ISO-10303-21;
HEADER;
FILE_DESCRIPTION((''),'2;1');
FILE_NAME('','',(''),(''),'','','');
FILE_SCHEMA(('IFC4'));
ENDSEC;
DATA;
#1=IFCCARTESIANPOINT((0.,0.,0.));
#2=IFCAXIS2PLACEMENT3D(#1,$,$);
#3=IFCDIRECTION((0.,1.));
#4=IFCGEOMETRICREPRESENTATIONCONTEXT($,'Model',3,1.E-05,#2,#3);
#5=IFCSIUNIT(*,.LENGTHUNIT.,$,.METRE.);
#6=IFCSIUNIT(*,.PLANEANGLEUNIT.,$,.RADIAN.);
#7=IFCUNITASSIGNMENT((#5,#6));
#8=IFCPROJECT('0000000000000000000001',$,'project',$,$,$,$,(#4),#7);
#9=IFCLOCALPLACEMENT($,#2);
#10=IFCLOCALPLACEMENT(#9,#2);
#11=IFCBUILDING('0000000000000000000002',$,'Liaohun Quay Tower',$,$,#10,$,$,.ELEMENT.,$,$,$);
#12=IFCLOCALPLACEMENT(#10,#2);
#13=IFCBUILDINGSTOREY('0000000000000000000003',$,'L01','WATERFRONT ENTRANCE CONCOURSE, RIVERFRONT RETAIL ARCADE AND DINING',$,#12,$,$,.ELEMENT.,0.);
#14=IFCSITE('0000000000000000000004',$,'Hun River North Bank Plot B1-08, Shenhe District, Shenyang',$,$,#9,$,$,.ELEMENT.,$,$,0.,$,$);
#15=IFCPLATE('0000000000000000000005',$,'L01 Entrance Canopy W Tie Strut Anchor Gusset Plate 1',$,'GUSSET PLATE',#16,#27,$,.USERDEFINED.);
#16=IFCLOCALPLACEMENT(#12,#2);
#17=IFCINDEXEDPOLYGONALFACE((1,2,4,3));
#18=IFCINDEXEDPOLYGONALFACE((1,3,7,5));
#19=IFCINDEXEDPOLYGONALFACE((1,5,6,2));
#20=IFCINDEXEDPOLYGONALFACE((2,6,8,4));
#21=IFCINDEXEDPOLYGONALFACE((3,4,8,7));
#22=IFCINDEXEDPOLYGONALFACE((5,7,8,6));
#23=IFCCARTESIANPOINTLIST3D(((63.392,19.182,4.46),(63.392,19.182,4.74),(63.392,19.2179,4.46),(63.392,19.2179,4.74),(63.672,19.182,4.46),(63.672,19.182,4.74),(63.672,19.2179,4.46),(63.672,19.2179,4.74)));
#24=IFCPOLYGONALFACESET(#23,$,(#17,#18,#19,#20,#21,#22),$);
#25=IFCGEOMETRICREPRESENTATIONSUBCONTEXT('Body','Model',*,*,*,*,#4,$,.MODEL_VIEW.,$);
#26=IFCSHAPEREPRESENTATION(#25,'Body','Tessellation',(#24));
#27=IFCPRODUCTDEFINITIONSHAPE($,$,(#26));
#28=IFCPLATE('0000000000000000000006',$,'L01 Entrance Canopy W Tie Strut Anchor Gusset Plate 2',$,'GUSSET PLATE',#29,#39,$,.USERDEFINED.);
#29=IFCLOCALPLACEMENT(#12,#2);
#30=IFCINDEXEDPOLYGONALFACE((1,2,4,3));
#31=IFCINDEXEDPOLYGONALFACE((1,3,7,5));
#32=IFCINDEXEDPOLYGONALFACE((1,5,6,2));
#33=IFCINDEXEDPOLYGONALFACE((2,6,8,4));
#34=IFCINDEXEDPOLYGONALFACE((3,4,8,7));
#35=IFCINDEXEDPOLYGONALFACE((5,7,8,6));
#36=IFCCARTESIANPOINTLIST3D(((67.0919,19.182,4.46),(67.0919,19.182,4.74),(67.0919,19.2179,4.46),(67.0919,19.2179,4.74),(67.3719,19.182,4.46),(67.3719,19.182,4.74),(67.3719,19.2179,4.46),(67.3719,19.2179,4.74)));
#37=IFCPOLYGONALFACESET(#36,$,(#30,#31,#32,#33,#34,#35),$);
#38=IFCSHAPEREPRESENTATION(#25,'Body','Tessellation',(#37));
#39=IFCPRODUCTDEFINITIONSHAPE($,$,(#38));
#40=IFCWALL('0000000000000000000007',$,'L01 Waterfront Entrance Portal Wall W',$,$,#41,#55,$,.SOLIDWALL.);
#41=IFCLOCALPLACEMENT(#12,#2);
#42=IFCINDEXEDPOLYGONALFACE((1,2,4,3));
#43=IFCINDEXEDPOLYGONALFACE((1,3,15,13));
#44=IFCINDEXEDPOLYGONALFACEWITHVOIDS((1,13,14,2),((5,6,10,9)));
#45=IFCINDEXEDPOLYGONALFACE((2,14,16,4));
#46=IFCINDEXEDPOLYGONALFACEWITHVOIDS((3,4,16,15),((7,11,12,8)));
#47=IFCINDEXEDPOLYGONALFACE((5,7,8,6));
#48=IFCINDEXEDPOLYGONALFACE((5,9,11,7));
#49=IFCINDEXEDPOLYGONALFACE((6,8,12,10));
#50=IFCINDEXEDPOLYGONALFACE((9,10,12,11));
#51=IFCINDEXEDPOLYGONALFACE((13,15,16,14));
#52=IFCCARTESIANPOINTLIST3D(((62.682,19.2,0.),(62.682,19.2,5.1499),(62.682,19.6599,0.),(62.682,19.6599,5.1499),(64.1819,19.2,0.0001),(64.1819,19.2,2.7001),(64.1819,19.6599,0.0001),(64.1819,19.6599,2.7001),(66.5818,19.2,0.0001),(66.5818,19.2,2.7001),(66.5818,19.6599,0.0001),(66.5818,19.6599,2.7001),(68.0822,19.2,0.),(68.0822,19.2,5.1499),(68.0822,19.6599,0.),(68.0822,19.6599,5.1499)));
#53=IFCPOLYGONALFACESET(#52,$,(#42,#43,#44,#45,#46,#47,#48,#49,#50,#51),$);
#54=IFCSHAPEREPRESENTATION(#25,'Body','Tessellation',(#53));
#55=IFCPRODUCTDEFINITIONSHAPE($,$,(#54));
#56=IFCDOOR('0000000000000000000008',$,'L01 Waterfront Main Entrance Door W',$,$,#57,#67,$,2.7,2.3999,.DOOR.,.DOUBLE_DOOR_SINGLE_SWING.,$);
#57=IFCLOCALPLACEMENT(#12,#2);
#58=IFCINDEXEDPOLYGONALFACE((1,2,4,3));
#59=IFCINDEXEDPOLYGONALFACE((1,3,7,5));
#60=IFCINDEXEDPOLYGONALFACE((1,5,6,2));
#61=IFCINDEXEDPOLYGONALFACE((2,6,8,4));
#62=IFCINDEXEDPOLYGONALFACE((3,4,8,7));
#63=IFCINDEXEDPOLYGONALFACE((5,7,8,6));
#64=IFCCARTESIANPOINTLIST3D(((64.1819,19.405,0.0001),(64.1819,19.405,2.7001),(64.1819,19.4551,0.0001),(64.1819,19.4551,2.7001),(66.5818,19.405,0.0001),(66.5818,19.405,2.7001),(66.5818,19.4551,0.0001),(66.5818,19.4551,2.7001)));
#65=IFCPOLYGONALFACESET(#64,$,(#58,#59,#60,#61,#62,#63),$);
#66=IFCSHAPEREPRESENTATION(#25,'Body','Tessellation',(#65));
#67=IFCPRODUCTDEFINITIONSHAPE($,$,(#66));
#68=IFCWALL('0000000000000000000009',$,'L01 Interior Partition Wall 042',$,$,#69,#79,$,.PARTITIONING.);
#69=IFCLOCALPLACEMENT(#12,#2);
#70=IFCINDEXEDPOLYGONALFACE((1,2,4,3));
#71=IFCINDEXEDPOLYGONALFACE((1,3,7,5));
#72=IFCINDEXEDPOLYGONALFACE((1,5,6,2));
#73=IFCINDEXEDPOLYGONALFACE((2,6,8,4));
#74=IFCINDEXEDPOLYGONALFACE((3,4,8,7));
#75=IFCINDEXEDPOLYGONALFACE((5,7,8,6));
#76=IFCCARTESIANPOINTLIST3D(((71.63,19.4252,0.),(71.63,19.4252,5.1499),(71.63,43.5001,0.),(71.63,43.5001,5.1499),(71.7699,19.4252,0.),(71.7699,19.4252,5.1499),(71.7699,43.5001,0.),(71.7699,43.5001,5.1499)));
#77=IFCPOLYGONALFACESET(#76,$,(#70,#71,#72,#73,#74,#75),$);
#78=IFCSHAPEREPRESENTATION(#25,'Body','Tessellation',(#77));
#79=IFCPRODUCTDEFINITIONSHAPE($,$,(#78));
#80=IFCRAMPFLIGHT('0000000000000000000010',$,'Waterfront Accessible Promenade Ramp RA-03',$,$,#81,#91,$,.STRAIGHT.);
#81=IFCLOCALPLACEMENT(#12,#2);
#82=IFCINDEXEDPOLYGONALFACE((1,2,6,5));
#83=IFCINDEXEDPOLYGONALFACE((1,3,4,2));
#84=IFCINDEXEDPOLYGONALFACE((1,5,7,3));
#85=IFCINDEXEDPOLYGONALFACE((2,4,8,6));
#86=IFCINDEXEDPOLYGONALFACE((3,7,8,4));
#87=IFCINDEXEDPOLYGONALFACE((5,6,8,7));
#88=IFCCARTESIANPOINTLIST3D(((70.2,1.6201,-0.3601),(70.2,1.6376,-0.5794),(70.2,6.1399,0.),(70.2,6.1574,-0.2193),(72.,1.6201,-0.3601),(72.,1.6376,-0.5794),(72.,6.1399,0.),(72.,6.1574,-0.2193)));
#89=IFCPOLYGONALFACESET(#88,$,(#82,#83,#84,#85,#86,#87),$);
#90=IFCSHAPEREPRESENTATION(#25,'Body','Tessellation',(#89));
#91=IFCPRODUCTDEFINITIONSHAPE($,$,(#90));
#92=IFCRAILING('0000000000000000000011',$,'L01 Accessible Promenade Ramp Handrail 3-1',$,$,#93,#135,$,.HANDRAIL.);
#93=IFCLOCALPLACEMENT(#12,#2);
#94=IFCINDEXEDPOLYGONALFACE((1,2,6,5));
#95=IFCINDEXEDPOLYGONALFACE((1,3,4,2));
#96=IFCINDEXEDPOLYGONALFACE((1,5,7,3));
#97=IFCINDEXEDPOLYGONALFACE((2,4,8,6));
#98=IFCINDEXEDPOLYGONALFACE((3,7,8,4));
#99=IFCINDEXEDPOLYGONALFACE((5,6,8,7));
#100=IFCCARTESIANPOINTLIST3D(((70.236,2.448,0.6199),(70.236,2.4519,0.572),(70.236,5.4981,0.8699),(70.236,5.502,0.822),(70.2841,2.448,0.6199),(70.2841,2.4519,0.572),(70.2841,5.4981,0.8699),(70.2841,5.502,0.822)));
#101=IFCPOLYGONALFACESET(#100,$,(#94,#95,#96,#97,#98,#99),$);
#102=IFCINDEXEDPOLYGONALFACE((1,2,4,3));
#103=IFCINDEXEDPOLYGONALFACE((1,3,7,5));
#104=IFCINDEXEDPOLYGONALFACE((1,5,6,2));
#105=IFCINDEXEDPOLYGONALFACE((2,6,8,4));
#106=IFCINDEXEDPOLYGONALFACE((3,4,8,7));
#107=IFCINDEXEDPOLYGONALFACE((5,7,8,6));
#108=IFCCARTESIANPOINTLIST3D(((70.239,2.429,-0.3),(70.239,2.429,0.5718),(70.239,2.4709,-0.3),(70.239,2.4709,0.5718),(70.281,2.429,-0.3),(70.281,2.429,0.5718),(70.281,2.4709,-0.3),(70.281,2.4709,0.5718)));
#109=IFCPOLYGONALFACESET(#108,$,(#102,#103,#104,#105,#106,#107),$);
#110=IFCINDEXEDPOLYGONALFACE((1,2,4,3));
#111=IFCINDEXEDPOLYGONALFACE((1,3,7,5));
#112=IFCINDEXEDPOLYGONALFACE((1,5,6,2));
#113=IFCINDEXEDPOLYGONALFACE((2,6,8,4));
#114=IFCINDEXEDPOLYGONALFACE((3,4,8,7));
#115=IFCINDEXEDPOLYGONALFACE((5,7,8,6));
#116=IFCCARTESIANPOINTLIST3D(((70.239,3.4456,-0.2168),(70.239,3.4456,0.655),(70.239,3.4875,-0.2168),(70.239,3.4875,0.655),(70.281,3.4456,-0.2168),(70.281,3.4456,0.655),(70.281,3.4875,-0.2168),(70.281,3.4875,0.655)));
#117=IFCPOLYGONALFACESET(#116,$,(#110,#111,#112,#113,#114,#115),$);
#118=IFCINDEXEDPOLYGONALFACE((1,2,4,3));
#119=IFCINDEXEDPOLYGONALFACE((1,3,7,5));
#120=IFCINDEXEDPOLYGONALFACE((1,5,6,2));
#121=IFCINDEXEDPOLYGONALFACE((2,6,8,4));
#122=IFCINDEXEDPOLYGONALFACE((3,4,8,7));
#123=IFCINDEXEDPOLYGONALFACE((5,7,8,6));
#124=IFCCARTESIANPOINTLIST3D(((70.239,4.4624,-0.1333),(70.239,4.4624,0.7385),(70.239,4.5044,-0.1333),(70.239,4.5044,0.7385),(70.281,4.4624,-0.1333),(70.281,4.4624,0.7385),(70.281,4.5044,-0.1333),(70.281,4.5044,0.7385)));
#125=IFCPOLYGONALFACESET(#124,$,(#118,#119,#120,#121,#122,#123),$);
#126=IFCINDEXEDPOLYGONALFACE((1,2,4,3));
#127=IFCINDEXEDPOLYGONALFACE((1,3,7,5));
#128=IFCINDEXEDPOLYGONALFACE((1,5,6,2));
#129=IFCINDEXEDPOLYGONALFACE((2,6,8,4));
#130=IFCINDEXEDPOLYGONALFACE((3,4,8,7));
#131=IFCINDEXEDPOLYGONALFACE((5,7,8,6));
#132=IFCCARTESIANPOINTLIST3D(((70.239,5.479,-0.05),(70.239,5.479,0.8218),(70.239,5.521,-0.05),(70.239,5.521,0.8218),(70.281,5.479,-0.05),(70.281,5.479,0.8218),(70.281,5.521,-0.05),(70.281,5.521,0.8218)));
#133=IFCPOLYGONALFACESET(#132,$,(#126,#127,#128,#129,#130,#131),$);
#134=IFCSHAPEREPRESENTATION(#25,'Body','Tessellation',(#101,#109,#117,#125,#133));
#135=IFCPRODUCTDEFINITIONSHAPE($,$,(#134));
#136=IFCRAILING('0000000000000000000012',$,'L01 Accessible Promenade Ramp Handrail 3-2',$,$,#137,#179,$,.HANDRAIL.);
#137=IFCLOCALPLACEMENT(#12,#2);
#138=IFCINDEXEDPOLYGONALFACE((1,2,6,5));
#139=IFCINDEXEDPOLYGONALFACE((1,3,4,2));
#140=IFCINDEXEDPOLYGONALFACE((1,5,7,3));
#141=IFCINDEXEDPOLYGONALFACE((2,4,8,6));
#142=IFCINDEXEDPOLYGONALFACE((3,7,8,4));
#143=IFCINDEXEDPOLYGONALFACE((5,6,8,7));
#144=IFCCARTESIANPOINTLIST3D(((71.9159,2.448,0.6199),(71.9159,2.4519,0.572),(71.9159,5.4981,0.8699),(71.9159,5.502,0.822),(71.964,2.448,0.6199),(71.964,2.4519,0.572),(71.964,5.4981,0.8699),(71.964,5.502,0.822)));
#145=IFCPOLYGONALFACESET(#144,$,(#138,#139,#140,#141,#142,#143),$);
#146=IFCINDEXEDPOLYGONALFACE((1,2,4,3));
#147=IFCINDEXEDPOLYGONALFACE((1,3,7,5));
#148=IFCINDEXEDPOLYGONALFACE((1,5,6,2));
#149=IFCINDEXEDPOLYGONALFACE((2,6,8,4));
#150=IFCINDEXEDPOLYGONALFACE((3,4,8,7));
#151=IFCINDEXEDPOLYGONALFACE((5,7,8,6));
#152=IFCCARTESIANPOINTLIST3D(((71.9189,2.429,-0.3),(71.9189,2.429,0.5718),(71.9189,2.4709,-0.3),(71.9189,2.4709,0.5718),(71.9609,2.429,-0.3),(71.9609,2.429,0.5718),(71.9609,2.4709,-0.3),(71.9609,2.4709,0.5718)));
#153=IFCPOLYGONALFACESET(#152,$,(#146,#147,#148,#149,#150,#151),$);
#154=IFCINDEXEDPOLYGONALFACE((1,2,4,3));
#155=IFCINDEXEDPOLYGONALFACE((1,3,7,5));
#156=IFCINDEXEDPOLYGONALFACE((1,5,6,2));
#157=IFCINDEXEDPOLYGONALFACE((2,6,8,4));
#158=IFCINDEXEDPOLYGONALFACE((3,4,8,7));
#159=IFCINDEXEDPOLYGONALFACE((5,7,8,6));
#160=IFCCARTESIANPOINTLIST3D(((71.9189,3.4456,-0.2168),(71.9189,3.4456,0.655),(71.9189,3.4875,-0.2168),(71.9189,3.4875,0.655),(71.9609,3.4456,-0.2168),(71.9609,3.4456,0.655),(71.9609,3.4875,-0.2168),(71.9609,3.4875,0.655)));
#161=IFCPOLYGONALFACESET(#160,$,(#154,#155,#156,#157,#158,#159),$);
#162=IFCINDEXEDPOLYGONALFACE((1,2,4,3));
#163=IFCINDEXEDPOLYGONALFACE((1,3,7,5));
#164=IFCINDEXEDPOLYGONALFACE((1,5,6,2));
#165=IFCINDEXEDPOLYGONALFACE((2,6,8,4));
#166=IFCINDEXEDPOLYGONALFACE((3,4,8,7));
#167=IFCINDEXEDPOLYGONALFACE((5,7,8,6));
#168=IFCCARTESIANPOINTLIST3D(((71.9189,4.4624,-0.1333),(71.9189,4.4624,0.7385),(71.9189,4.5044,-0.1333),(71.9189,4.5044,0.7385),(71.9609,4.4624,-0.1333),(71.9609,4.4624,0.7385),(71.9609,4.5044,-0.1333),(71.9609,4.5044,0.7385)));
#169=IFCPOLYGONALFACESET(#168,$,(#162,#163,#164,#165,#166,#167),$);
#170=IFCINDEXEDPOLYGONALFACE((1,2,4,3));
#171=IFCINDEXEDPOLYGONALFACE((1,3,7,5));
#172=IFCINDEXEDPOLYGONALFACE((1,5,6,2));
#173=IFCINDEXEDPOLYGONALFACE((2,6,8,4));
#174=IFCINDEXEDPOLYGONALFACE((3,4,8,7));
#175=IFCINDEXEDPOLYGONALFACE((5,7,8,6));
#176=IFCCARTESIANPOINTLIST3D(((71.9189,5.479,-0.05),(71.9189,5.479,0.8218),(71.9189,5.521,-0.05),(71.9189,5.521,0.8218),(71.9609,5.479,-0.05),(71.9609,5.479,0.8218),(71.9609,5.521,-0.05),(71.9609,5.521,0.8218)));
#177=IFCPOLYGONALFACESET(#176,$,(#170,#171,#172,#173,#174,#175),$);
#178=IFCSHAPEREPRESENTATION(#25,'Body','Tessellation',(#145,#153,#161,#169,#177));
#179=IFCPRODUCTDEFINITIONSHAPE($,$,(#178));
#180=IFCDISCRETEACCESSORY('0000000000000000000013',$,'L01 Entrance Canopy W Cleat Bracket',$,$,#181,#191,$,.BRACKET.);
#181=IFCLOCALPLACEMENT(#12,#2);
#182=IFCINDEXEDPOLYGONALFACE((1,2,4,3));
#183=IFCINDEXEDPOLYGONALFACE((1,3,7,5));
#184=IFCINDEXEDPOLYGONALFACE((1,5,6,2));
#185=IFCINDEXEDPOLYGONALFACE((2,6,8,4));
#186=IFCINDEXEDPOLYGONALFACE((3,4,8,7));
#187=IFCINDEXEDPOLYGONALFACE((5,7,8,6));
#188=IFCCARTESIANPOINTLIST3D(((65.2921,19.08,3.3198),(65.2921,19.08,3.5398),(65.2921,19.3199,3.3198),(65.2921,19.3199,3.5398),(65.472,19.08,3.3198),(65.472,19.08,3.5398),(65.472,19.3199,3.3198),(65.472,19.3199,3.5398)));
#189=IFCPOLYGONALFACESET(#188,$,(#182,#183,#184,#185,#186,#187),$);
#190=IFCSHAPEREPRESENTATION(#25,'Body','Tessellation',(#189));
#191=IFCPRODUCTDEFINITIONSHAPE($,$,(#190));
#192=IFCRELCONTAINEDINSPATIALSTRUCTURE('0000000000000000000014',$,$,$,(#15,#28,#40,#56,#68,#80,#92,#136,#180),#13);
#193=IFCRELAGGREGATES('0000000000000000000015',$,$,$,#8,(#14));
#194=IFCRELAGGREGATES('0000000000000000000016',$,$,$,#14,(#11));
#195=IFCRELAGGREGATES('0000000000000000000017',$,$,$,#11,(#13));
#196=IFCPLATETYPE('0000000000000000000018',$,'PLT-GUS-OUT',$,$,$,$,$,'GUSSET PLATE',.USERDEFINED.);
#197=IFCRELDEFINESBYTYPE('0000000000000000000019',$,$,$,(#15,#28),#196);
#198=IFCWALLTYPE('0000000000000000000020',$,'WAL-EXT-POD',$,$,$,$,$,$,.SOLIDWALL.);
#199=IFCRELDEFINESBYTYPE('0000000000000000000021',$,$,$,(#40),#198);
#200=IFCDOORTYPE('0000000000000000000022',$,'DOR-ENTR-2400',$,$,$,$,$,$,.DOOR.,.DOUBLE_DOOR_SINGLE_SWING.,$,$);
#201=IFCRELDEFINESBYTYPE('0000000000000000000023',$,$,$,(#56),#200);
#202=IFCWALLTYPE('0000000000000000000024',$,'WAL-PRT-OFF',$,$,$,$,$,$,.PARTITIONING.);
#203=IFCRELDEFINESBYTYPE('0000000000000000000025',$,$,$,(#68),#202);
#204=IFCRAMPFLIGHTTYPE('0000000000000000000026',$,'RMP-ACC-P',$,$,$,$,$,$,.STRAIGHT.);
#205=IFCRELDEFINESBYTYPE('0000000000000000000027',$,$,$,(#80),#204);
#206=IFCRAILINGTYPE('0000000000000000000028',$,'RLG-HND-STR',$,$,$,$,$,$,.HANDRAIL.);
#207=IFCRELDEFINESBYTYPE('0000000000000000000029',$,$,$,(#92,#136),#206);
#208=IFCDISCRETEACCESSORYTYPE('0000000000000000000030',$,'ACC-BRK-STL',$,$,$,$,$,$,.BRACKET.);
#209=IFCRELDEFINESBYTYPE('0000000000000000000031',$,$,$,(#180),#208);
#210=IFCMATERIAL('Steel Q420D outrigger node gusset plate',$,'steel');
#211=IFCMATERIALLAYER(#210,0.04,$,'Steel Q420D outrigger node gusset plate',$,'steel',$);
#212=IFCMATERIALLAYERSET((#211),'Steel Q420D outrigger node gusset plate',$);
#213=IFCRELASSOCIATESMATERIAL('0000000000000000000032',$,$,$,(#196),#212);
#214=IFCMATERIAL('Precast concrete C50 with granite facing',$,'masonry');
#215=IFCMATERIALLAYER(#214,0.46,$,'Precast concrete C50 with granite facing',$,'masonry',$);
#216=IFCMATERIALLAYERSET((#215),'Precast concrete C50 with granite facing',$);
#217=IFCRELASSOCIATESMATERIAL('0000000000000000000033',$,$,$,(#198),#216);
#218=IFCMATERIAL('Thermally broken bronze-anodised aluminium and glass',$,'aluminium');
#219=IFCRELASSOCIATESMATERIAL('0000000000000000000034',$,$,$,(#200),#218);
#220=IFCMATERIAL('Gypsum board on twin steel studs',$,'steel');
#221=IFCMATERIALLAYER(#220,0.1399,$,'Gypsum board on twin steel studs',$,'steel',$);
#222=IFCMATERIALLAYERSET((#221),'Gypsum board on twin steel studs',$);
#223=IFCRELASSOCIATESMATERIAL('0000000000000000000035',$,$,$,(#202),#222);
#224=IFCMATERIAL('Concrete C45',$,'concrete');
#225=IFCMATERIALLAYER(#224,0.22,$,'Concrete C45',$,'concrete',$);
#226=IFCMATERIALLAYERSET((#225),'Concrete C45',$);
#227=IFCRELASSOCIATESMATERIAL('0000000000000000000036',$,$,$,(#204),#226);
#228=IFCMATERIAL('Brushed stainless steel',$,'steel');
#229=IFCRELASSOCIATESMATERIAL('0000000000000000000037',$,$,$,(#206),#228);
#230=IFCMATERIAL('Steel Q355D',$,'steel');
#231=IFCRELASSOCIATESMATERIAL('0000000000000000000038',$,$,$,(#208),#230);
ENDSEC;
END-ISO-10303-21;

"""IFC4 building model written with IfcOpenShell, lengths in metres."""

from ifc_helpers import new_model, si_unit, direction, frame, frame_2d, origin, origin_2d, place, context, subcontext, project, spatial, polyline, rectangle, outline, extrude, source, transform, mapped, material, layer, layer_set, type_object, element, fill, save


model = new_model("IFC4")

# Units and contexts
model_context = context("Model", 3, precision=1e-05, world=origin(), true_north=direction((0.0, 1.0)))
body_context = subcontext(model_context, "Body", "Model", "MODEL_VIEW")
ifc_project = project(units=[si_unit("LENGTHUNIT", "METRE"), si_unit("PLANEANGLEUNIT", "RADIAN")], contexts=[model_context])

# Site, building, storey
site_placement = place(None, origin())
site = spatial("IfcSite", under=ifc_project, at=site_placement, Name="Hun River North Bank Plot B1-08, Shenhe District, Shenyang", CompositionType="ELEMENT", RefElevation=0.0)
building_placement = place(site_placement, origin())
building = spatial("IfcBuilding", under=site, at=building_placement, Name="Liaohun Quay Tower", CompositionType="ELEMENT")
storey_placement = place(building_placement, origin())
storey = spatial("IfcBuildingStorey", under=building, at=storey_placement, Name="L01", Description="WATERFRONT ENTRANCE CONCOURSE, RIVERFRONT RETAIL ARCADE AND DINING", CompositionType="ELEMENT", Elevation=0.0)

# Shared definitions
ifc_material_1 = material(Name="Steel Q355D", Category="steel")

# Plates
ifc_material_2 = material(Name="Steel Q420D outrigger node gusset plate", Category="steel")
ifc_layer_1 = layer(ifc_material_2, 0.04, Name="Steel Q420D outrigger node gusset plate", Category="steel")
ifc_layer_set_1 = layer_set([ifc_layer_1], Name="Steel Q420D outrigger node gusset plate")
plate_type_1 = type_object("IfcPlateType", Name="PLT-GUS-OUT", ElementType="GUSSET PLATE", PredefinedType="USERDEFINED", material=ifc_layer_set_1)
shared_shape_1 = source(origin(), body_context, "Body", "SweptSolid", [
    extrude(rectangle(XDim=0.28, YDim=0.0359, at=origin_2d()), origin(), (0.0, 0.0, 1.0), 0.28),
])
for number, where, z_axis, x_axis, name in (
    (1, (63.532, 19.2, 4.46), (0.0, 0.0, 1.0), (1.0, 0.0, 0.0), "L01 Entrance Canopy W Tie Strut Anchor Gusset Plate 1"),
    (2, (67.2319, 19.2, 4.46), (0.0, 0.0, 1.0), (1.0, 0.0, 0.0), "L01 Entrance Canopy W Tie Strut Anchor Gusset Plate 2"),
):
    element("IfcPlate", number, at=place(storey_placement, frame(where, z_axis=z_axis, x_axis=x_axis)), inside=storey, type_object=plate_type_1, Name=name, ObjectType="GUSSET PLATE", PredefinedType="USERDEFINED", context=body_context, shape_type="MappedRepresentation", body=[
        mapped(shared_shape_1, transform((0.0, 0.0, 0.0), x_axis=(1.0, 0.0, 0.0), y_axis=(0.0, 1.0, 0.0), z_axis=(0.0, 0.0, 1.0), scale=1.0)),
    ])

# Wall, opening, door
ifc_material_3 = material(Name="Precast concrete C50 with granite facing", Category="masonry")
ifc_layer_2 = layer(ifc_material_3, 0.46, Name="Precast concrete C50 with granite facing", Category="masonry")
ifc_layer_set_2 = layer_set([ifc_layer_2], Name="Precast concrete C50 with granite facing")
wall_type_1 = type_object("IfcWallType", Name="WAL-EXT-POD", PredefinedType="SOLIDWALL", material=ifc_layer_set_2)
wall_1_placement = place(storey_placement, frame((62.6819, 19.4299, 0.0), z_axis=(0.0, 0.0, 1.0), x_axis=(1.0, 0.0, 0.0)))
wall_1 = element("IfcWall", 3, at=wall_1_placement, inside=storey, type_object=wall_type_1, Name="L01 Waterfront Entrance Portal Wall W", PredefinedType="SOLIDWALL", context=body_context, shape_type="SweptSolid", body=[
    extrude(rectangle(XDim=5.4001, YDim=0.46, at=frame_2d((2.7002, 0.0))), origin(), (0.0, 0.0, 1.0), 5.1499),
])
shared_shape_2 = source(origin(), body_context, "Body", "SweptSolid", [
    extrude(rectangle(XDim=2.3999, YDim=2.7, at=frame_2d((1.2, 1.3501))), frame((0.0, 0.24, 0.0), z_axis=(0.0, -1.0, 0.0), x_axis=(1.0, 0.0, 0.0)), (0.0, 0.0, 1.0), 0.48),
])
opening_placement = place(wall_1_placement, frame((1.5, 0.0, 0.0)))
opening = element("IfcOpeningElement", 4, at=opening_placement, cuts=wall_1, PredefinedType="OPENING", context=body_context, shape_type="MappedRepresentation", body=[
    mapped(shared_shape_2, transform((0.0, 0.0, 0.0), x_axis=(1.0, 0.0, 0.0), y_axis=(0.0, 1.0, 0.0), z_axis=(0.0, 0.0, 1.0), scale=1.0)),
])
ifc_material_4 = material(Name="Thermally broken bronze-anodised aluminium and glass", Category="aluminium")
door_type = type_object("IfcDoorType", Name="DOR-ENTR-2400", OperationType="DOUBLE_DOOR_SINGLE_SWING", PredefinedType="DOOR", material=ifc_material_4)
shared_shape_3 = source(origin(), body_context, "Body", "SweptSolid", [
    extrude(rectangle(XDim=2.3999, YDim=2.7, at=frame_2d((1.2, 1.3501))), frame((0.0, 0.0249, 0.0), z_axis=(0.0, -1.0, 0.0), x_axis=(1.0, 0.0, 0.0)), (0.0, 0.0, 1.0), 0.05),
])
door_placement = place(opening_placement, frame((2.3999, 0.0, 0.0), z_axis=(0.0, 0.0, 1.0), x_axis=(-1.0, 0.0, 0.0)))
door = element("IfcDoor", 5, at=door_placement, inside=storey, type_object=door_type, Name="L01 Waterfront Main Entrance Door W", OperationType="DOUBLE_DOOR_SINGLE_SWING", OverallHeight=2.7, OverallWidth=2.3999, PredefinedType="DOOR", context=body_context, shape_type="MappedRepresentation", body=[
    mapped(shared_shape_3, transform((0.0, 0.0, 0.0), x_axis=(1.0, 0.0, 0.0), y_axis=(0.0, 1.0, 0.0), z_axis=(0.0, 0.0, 1.0), scale=1.0)),
])
fill(opening, door)

# Wall
ifc_material_5 = material(Name="Gypsum board on twin steel studs", Category="steel")
ifc_layer_3 = layer(ifc_material_5, 0.1399, Name="Gypsum board on twin steel studs", Category="steel")
ifc_layer_set_3 = layer_set([ifc_layer_3], Name="Gypsum board on twin steel studs")
wall_type_2 = type_object("IfcWallType", Name="WAL-PRT-OFF", PredefinedType="PARTITIONING", material=ifc_layer_set_3)
wall_2_placement = place(storey_placement, frame((71.7, 19.425, 0.0), z_axis=(0.0, 0.0, 1.0), x_axis=(0.0, 1.0, 0.0)))
element("IfcWall", 6, at=wall_2_placement, inside=storey, type_object=wall_type_2, Name="L01 Interior Partition Wall 042", PredefinedType="PARTITIONING", context=body_context, shape_type="SweptSolid", body=[
    extrude(rectangle(XDim=24.075, YDim=0.1399, at=frame_2d((12.0376, 0.0))), origin(), (0.0, 0.0, 1.0), 5.1499),
])

# Ramp flight
ifc_material_6 = material(Name="Concrete C45", Category="concrete")
ifc_layer_4 = layer(ifc_material_6, 0.22, Name="Concrete C45", Category="concrete")
ifc_layer_set_4 = layer_set([ifc_layer_4], Name="Concrete C45")
ramp_flight_type = type_object("IfcRampFlightType", Name="RMP-ACC-P", PredefinedType="STRAIGHT", material=ifc_layer_set_4)
ramp_flight_placement = place(storey_placement, frame((70.2, 1.6201, -0.3601), z_axis=(0.0, -0.079422, 0.996841), x_axis=(1.0, 0.0, 0.0)))
element("IfcRampFlight", 7, at=ramp_flight_placement, inside=storey, type_object=ramp_flight_type, Name="Waterfront Accessible Promenade Ramp RA-03", PredefinedType="STRAIGHT", context=body_context, shape_type="SweptSolid", body=[
    extrude(outline(polyline([(0.0, 0.0), (1.8, 0.0), (1.8, 4.5341), (0.0, 4.5341), (0.0, 0.0)])), origin(), (0.0, 0.0, -1.0), 0.22),
])

# Railings
ifc_material_7 = material(Name="Brushed stainless steel", Category="steel")
railing_type = type_object("IfcRailingType", Name="RLG-HND-STR", PredefinedType="HANDRAIL", material=ifc_material_7)
for number, where, name in (
    (8, (70.26, 2.45, -0.3), "L01 Accessible Promenade Ramp Handrail 3-1"),
    (9, (71.9399, 2.45, -0.3), "L01 Accessible Promenade Ramp Handrail 3-2"),
):
    element("IfcRailing", number, at=place(storey_placement, frame(where)), inside=storey, type_object=railing_type, Name=name, PredefinedType="HANDRAIL", context=body_context, shape_type="SweptSolid", body=[
        extrude(rectangle(XDim=0.0481, YDim=0.0481, at=origin_2d()), frame((0.0, 0.0, 0.896), z_axis=(0.0, 0.996658, 0.081692), x_axis=(-1.0, 0.0, 0.0)), (0.0, 0.0, 1.0), 3.0603),
        extrude(rectangle(XDim=0.042, YDim=0.042, at=origin_2d()), origin(), (0.0, 0.0, 1.0), 0.8718),
        extrude(rectangle(XDim=0.042, YDim=0.042, at=origin_2d()), frame((0.0, 1.0166, 0.0833)), (0.0, 0.0, 1.0), 0.8718),
        extrude(rectangle(XDim=0.042, YDim=0.042, at=origin_2d()), frame((0.0, 2.0334, 0.1667)), (0.0, 0.0, 1.0), 0.8718),
        extrude(rectangle(XDim=0.042, YDim=0.042, at=origin_2d()), frame((0.0, 3.05, 0.25)), (0.0, 0.0, 1.0), 0.8718),
    ])

# Discrete accessory
discrete_accessory_type = type_object("IfcDiscreteAccessoryType", Name="ACC-BRK-STL", PredefinedType="BRACKET", material=ifc_material_1)
shared_shape_4 = source(origin(), body_context, "Body", "SweptSolid", [
    extrude(rectangle(XDim=0.1799, YDim=0.24, at=origin_2d()), origin(), (0.0, 0.0, 1.0), 0.22),
])
discrete_accessory_placement = place(storey_placement, frame((65.3821, 19.2, 3.3198), z_axis=(0.0, 0.0, 1.0), x_axis=(1.0, 0.0, 0.0)))
element("IfcDiscreteAccessory", 10, at=discrete_accessory_placement, inside=storey, type_object=discrete_accessory_type, Name="L01 Entrance Canopy W Cleat Bracket", PredefinedType="BRACKET", context=body_context, shape_type="MappedRepresentation", body=[
    mapped(shared_shape_4, transform((0.0, 0.0, 0.0), x_axis=(1.0, 0.0, 0.0), y_axis=(0.0, 1.0, 0.0), z_axis=(0.0, 0.0, 1.0), scale=1.0)),
])

save(model, "model.ifc")
